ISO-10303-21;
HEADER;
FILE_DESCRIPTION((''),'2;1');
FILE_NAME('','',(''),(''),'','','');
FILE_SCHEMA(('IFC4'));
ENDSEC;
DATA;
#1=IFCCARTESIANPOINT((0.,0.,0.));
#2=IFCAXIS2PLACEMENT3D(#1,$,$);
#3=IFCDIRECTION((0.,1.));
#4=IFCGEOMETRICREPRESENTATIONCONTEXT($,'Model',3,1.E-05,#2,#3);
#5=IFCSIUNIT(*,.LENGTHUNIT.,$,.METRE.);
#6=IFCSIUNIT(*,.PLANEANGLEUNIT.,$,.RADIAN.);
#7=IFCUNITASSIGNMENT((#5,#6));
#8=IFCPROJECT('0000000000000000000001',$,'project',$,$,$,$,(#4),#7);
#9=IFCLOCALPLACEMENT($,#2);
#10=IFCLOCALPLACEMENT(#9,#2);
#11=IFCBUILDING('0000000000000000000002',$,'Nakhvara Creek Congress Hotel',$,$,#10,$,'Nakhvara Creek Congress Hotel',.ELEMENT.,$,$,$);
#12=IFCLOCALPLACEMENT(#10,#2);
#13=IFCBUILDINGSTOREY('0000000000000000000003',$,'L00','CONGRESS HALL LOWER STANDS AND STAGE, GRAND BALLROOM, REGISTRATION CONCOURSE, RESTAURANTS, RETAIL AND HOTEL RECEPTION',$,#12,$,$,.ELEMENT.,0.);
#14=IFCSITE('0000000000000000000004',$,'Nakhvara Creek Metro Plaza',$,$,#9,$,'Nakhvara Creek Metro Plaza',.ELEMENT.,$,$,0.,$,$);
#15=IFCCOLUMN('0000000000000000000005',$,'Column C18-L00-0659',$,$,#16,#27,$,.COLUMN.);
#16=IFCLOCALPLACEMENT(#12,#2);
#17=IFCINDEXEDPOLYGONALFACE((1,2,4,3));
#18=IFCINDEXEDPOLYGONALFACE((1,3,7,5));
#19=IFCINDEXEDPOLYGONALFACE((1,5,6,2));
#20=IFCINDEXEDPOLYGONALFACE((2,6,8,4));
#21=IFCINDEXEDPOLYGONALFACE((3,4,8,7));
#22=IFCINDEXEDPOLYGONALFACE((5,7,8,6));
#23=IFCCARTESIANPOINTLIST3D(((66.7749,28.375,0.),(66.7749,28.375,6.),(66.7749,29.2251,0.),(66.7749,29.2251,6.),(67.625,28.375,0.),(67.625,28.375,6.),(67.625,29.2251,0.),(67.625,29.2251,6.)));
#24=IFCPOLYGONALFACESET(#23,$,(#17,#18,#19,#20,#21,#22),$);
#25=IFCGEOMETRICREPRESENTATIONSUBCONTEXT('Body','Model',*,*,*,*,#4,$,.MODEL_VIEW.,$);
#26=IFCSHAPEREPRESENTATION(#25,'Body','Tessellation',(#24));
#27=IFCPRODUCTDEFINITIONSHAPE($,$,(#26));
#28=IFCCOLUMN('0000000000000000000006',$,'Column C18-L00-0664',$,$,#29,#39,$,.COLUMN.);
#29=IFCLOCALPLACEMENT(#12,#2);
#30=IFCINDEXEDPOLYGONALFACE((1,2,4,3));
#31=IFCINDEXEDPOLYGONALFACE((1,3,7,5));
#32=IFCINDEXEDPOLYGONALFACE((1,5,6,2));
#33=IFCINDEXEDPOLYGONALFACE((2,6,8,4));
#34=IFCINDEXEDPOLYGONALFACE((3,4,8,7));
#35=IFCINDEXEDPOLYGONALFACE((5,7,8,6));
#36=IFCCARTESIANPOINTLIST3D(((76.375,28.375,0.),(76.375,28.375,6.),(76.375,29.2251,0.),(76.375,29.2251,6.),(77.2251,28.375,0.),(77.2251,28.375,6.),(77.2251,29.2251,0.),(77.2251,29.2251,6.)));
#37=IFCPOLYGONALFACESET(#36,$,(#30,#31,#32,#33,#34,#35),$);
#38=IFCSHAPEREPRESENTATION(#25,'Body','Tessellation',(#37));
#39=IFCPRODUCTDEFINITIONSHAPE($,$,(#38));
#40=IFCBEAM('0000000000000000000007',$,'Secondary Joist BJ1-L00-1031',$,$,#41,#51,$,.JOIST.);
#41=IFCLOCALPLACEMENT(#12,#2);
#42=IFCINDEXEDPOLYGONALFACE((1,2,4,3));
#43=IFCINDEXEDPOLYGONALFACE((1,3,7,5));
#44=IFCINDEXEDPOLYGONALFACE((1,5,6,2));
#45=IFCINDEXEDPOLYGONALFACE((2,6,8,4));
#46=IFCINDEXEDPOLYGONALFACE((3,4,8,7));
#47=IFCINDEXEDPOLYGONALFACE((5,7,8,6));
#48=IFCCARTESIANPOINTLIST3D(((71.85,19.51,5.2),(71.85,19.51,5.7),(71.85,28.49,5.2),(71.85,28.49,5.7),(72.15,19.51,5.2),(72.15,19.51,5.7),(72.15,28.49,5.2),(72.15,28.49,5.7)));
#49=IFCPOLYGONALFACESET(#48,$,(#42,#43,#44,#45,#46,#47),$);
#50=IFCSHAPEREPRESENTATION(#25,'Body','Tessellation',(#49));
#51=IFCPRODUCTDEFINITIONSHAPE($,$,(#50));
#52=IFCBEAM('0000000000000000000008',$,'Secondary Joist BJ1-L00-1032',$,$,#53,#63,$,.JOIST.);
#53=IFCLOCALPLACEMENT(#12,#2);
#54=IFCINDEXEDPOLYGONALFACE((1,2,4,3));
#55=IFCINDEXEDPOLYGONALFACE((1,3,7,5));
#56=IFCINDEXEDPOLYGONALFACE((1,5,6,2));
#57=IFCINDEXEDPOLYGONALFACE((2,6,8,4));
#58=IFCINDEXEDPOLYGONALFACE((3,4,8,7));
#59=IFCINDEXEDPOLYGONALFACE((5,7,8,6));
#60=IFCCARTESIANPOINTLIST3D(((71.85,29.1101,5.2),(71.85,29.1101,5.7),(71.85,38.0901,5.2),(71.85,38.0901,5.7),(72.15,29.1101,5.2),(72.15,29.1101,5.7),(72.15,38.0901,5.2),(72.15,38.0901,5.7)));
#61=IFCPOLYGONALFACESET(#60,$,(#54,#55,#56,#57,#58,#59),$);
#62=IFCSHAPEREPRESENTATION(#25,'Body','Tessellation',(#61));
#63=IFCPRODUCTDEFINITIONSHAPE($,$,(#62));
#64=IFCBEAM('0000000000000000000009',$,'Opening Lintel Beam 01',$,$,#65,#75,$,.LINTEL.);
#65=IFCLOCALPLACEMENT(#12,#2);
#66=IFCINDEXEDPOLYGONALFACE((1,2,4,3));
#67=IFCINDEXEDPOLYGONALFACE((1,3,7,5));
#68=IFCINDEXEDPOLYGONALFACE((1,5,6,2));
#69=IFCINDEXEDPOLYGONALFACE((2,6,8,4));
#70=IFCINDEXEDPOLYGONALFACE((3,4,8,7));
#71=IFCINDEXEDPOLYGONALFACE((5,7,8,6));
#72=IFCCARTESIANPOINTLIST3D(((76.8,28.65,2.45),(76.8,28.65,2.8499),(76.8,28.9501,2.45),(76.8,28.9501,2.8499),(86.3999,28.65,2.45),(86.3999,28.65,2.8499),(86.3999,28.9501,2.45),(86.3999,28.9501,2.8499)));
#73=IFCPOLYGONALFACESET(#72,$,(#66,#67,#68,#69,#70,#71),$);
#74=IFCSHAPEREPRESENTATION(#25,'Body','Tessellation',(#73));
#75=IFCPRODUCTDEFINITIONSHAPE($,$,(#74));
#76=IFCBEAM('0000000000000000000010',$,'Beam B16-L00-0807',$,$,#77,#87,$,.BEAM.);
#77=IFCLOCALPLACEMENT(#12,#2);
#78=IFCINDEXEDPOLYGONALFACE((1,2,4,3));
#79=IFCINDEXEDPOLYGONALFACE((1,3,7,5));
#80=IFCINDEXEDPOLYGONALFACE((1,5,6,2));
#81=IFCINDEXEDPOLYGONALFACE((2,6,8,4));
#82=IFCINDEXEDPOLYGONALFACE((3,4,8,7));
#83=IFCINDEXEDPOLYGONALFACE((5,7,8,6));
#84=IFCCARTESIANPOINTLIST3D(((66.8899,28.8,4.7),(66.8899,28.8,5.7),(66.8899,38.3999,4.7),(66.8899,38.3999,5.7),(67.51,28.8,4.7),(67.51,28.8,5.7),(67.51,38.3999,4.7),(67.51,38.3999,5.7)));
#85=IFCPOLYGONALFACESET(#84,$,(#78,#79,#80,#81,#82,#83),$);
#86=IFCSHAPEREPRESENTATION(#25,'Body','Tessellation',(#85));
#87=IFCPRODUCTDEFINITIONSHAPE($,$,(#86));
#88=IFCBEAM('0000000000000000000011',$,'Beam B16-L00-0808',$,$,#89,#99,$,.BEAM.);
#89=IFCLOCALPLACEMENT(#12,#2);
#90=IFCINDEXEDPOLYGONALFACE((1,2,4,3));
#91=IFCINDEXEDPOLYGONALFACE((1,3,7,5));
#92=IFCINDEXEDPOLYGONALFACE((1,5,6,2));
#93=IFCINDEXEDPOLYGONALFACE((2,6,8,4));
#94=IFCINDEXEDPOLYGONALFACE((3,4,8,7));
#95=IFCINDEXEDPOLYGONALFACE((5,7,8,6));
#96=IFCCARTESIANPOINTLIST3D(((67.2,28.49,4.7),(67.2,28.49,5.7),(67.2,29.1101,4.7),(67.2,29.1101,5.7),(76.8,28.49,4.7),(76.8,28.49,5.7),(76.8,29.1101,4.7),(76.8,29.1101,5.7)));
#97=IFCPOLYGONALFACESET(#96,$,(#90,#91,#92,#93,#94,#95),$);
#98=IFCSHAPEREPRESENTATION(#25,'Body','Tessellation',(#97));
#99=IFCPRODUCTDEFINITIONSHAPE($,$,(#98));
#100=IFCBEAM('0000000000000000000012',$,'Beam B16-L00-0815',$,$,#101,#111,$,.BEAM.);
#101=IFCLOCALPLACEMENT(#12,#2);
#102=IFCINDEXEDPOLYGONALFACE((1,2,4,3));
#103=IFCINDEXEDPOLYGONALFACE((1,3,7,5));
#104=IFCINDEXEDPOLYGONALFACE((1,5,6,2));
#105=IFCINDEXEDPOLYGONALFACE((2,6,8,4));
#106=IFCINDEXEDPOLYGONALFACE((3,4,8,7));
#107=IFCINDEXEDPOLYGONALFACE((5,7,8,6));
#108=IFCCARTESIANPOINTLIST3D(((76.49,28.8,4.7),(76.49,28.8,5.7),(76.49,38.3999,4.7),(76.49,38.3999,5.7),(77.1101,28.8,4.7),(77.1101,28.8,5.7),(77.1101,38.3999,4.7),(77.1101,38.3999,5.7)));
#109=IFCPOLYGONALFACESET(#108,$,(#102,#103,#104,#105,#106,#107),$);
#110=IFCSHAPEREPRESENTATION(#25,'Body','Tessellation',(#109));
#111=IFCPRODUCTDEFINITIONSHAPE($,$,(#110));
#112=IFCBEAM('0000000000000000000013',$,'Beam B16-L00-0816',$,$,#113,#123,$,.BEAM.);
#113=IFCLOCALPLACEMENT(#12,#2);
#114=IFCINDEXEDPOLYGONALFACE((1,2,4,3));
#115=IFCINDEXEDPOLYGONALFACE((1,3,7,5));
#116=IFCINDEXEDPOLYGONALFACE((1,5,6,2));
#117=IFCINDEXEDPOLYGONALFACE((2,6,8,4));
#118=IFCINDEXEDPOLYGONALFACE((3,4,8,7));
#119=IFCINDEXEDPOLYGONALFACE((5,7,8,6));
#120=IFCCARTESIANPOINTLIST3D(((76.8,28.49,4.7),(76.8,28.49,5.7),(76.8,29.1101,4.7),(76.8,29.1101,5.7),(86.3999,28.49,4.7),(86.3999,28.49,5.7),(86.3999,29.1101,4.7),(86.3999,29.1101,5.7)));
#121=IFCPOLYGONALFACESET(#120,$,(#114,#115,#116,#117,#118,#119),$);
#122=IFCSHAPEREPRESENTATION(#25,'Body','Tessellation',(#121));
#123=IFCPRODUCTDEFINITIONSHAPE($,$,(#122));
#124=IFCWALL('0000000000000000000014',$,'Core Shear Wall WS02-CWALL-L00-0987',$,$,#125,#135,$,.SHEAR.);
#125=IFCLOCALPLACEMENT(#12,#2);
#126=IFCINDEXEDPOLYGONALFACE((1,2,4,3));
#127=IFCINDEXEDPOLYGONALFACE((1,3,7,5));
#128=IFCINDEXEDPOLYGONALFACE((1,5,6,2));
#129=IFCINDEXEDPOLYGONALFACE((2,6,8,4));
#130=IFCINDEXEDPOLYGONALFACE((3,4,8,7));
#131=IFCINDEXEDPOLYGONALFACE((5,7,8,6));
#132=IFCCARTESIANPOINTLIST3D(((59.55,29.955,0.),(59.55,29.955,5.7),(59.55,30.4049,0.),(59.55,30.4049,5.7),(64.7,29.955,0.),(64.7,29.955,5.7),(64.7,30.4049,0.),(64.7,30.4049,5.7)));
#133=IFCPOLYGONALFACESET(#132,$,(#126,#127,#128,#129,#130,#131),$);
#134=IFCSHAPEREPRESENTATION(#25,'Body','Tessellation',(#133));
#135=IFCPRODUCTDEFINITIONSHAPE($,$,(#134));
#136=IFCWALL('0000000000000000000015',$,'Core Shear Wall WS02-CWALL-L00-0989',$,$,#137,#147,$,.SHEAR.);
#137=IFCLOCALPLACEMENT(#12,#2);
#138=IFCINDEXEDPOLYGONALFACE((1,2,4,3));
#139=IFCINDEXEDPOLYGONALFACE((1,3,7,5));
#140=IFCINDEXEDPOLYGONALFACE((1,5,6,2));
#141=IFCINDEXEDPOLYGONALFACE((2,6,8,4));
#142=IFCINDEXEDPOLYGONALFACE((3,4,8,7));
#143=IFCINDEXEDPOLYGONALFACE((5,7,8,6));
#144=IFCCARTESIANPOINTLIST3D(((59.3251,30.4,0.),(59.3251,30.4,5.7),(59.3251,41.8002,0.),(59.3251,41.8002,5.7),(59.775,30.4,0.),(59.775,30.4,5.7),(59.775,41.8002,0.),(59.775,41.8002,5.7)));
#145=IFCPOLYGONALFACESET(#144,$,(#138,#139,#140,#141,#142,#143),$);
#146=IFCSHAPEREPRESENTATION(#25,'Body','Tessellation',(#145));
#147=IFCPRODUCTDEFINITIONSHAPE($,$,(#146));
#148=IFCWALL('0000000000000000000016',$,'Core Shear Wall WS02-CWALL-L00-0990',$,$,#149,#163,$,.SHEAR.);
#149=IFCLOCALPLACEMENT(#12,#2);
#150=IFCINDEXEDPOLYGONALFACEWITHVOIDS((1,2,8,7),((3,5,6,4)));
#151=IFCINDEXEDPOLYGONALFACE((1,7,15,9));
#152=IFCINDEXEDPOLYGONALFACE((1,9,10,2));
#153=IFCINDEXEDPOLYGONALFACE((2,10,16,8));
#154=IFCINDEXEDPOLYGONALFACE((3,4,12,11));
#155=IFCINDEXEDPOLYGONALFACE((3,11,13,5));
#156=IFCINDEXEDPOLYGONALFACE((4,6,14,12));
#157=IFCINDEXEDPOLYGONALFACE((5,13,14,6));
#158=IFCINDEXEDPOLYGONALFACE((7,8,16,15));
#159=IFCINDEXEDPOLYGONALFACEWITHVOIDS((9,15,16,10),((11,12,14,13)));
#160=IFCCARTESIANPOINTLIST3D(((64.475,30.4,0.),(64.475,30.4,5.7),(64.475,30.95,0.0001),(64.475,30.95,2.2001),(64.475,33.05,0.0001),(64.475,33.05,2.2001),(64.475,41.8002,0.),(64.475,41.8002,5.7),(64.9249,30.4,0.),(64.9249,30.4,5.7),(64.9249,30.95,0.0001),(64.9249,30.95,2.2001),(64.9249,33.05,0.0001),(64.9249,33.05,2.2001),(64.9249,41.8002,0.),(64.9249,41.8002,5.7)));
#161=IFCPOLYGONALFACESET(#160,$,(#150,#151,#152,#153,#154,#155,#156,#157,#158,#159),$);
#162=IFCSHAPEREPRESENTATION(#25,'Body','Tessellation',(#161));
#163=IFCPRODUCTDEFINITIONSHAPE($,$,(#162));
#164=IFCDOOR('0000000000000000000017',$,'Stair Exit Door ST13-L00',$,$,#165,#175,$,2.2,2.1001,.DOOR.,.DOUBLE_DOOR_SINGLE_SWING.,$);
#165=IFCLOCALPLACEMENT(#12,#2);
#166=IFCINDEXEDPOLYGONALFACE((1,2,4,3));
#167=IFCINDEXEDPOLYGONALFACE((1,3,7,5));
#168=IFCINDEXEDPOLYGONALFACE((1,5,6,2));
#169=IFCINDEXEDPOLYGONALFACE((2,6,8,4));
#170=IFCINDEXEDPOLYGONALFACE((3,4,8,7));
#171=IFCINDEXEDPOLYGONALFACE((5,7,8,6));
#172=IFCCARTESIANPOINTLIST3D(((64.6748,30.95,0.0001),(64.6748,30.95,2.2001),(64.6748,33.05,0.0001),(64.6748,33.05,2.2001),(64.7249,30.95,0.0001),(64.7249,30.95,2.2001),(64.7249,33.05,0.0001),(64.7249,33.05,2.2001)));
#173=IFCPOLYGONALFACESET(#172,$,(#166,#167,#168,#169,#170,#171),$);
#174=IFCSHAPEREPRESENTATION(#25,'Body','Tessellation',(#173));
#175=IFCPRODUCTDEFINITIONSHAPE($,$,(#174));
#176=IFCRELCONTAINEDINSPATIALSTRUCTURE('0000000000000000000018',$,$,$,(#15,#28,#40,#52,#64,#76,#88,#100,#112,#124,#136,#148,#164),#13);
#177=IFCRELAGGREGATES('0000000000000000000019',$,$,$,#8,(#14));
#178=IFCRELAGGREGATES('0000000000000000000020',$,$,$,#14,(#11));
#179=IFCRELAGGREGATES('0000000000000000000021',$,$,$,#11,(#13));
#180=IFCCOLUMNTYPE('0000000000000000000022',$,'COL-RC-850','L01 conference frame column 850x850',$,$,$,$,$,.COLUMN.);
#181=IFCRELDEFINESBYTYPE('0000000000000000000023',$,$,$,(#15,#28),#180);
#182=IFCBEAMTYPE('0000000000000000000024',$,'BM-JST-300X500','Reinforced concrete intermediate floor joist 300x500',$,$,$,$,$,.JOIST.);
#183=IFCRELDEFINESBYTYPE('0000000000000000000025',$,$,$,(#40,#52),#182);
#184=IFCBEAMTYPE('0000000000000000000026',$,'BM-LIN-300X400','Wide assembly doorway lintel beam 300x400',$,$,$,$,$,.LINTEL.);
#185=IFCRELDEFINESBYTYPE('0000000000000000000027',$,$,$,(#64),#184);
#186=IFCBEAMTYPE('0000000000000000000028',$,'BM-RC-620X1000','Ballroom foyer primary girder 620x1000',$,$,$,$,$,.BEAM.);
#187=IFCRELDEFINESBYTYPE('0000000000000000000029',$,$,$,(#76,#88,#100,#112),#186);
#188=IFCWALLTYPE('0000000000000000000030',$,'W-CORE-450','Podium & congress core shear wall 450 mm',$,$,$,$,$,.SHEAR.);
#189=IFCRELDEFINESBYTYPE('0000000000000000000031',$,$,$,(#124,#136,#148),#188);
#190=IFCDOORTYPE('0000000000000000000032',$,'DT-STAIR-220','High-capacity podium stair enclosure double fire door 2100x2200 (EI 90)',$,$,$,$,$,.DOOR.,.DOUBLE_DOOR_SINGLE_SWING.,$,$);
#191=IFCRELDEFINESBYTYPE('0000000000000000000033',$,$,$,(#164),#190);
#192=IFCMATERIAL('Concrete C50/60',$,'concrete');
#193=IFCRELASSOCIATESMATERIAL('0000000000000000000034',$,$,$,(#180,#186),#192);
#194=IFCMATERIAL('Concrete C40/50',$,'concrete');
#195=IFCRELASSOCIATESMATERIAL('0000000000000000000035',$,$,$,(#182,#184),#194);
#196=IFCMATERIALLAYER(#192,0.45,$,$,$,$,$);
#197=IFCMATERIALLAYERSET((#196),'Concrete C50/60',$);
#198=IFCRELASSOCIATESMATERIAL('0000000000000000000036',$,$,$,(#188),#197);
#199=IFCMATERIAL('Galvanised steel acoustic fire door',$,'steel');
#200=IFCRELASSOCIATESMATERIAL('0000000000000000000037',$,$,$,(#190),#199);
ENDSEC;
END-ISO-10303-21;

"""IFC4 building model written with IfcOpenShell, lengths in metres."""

from ifc_helpers import new_model, si_unit, direction, frame, frame_2d, origin, origin_2d, place, context, subcontext, project, spatial, rectangle, extrude, material, layer, layer_set, material_profile, profile_set, type_object, element, fill, save


model = new_model("IFC4")

# Units and contexts
model_context = context("Model", 3, precision=1e-05, world=origin(), true_north=direction((0.0, 1.0)))
body_context = subcontext(model_context, "Body", "Model", "MODEL_VIEW")
ifc_project = project(units=[si_unit("LENGTHUNIT", "METRE"), si_unit("PLANEANGLEUNIT", "RADIAN")], contexts=[model_context])

# Site, building, storey
site_placement = place(None, origin())
site = spatial("IfcSite", under=ifc_project, at=site_placement, Name="Nakhvara Creek Metro Plaza", LongName="Nakhvara Creek Metro Plaza", CompositionType="ELEMENT", RefElevation=0.0)
building_placement = place(site_placement, origin())
building = spatial("IfcBuilding", under=site, at=building_placement, Name="Nakhvara Creek Congress Hotel", LongName="Nakhvara Creek Congress Hotel", CompositionType="ELEMENT")
storey_placement = place(building_placement, origin())
storey = spatial("IfcBuildingStorey", under=building, at=storey_placement, Name="L00", Description="CONGRESS HALL LOWER STANDS AND STAGE, GRAND BALLROOM, REGISTRATION CONCOURSE, RESTAURANTS, RETAIL AND HOTEL RECEPTION", CompositionType="ELEMENT", Elevation=0.0)

# Columns
ifc_material_1 = material(Name="Concrete C50/60", Category="concrete")
ifc_material_profile_1 = material_profile(ifc_material_1, rectangle(XDim=0.8501, YDim=0.8501, at=origin_2d()), Name="RC-COL 850x850", Category="LoadBearing")
ifc_profile_set_1 = profile_set([ifc_material_profile_1], Name="Concrete C50/60")
column_type = type_object("IfcColumnType", Name="COL-RC-850", Description="L01 conference frame column 850x850", PredefinedType="COLUMN", material=ifc_profile_set_1)
for number, where, z_axis, x_axis, name in (
    (1, (67.2, 28.8, 0.0), (0.0, 0.0, 1.0), (1.0, 0.0, 0.0), "Column C18-L00-0659"),
    (2, (76.8, 28.8, 0.0), (0.0, 0.0, 1.0), (1.0, 0.0, 0.0), "Column C18-L00-0664"),
):
    element("IfcColumn", number, at=place(storey_placement, frame(where, z_axis=z_axis, x_axis=x_axis)), inside=storey, type_object=column_type, Name=name, PredefinedType="COLUMN", context=body_context, shape_type="SweptSolid", body=[
        extrude(rectangle(XDim=0.8501, YDim=0.8501, at=origin_2d()), origin(), (0.0, 0.0, 1.0), 6.0),
    ])

# Beams
ifc_material_2 = material(Name="Concrete C40/50", Category="concrete")
ifc_material_profile_2 = material_profile(ifc_material_2, rectangle(XDim=0.3, YDim=0.5, at=origin_2d()), Name="RC-BM 300x500", Category="LoadBearing")
ifc_profile_set_2 = profile_set([ifc_material_profile_2], Name="Concrete C40/50")
beam_type_1 = type_object("IfcBeamType", Name="BM-JST-300X500", Description="Reinforced concrete intermediate floor joist 300x500", PredefinedType="JOIST", material=ifc_profile_set_2)
for number, where, z_axis, x_axis, name in (
    (3, (72.0, 19.51, 5.45), (0.0, 1.0, 0.0), (-1.0, 0.0, 0.0), "Secondary Joist BJ1-L00-1031"),
    (4, (72.0, 29.1101, 5.45), (0.0, 1.0, 0.0), (-1.0, 0.0, 0.0), "Secondary Joist BJ1-L00-1032"),
):
    element("IfcBeam", number, at=place(storey_placement, frame(where, z_axis=z_axis, x_axis=x_axis)), inside=storey, type_object=beam_type_1, Name=name, PredefinedType="JOIST", context=body_context, shape_type="SweptSolid", body=[
        extrude(rectangle(XDim=0.3, YDim=0.5, at=origin_2d()), origin(), (0.0, 0.0, 1.0), 8.98),
    ])
ifc_material_profile_3 = material_profile(ifc_material_2, rectangle(XDim=0.3, YDim=0.3999, at=origin_2d()), Name="RC-LINTEL 300x400", Category="LoadBearing")
ifc_profile_set_3 = profile_set([ifc_material_profile_3], Name="Concrete C40/50")
beam_type_2 = type_object("IfcBeamType", Name="BM-LIN-300X400", Description="Wide assembly doorway lintel beam 300x400", PredefinedType="LINTEL", material=ifc_profile_set_3)
beam_1_placement = place(storey_placement, frame((76.8, 28.8, 2.6499), z_axis=(1.0, 0.0, 0.0), x_axis=(0.0, 1.0, 0.0)))
element("IfcBeam", 5, at=beam_1_placement, inside=storey, type_object=beam_type_2, Name="Opening Lintel Beam 01", PredefinedType="LINTEL", context=body_context, shape_type="SweptSolid", body=[
    extrude(rectangle(XDim=0.3, YDim=0.3999, at=origin_2d()), origin(), (0.0, 0.0, 1.0), 9.5999),
])
ifc_material_profile_4 = material_profile(ifc_material_1, rectangle(XDim=0.6201, YDim=1.0, at=origin_2d()), Name="RC-BM 620x1000", Category="LoadBearing")
ifc_profile_set_4 = profile_set([ifc_material_profile_4], Name="Concrete C50/60")
beam_type_3 = type_object("IfcBeamType", Name="BM-RC-620X1000", Description="Ballroom foyer primary girder 620x1000", PredefinedType="BEAM", material=ifc_profile_set_4)
beam_2_placement = place(storey_placement, frame((67.2, 28.8, 5.2), z_axis=(0.0, 1.0, 0.0), x_axis=(-1.0, 0.0, 0.0)))
element("IfcBeam", 6, at=beam_2_placement, inside=storey, type_object=beam_type_3, Name="Beam B16-L00-0807", PredefinedType="BEAM", context=body_context, shape_type="SweptSolid", body=[
    extrude(rectangle(XDim=0.6201, YDim=1.0, at=origin_2d()), origin(), (0.0, 0.0, 1.0), 9.5999),
])
beam_3_placement = place(storey_placement, frame((67.2, 28.8, 5.2), z_axis=(1.0, 0.0, 0.0), x_axis=(0.0, 1.0, 0.0)))
element("IfcBeam", 7, at=beam_3_placement, inside=storey, type_object=beam_type_3, Name="Beam B16-L00-0808", PredefinedType="BEAM", context=body_context, shape_type="SweptSolid", body=[
    extrude(rectangle(XDim=0.6201, YDim=1.0, at=origin_2d()), origin(), (0.0, 0.0, 1.0), 9.6001),
])
for number, where, z_axis, x_axis, name in (
    (8, (76.8, 28.8, 5.2), (0.0, 1.0, 0.0), (-1.0, 0.0, 0.0), "Beam B16-L00-0815"),
    (9, (76.8, 28.8, 5.2), (1.0, 0.0, 0.0), (0.0, 1.0, 0.0), "Beam B16-L00-0816"),
):
    element("IfcBeam", number, at=place(storey_placement, frame(where, z_axis=z_axis, x_axis=x_axis)), inside=storey, type_object=beam_type_3, Name=name, PredefinedType="BEAM", context=body_context, shape_type="SweptSolid", body=[
        extrude(rectangle(XDim=0.6201, YDim=1.0, at=origin_2d()), origin(), (0.0, 0.0, 1.0), 9.5999),
    ])

# Walls
ifc_layer_1 = layer(ifc_material_1, 0.45)
ifc_layer_set_1 = layer_set([ifc_layer_1], Name="Concrete C50/60")
wall_type_1 = type_object("IfcWallType", Name="W-CORE-450", Description="Podium & congress core shear wall 450 mm", PredefinedType="SHEAR", material=ifc_layer_set_1)
wall_1_placement = place(storey_placement, frame((59.55, 30.1799, 0.0), z_axis=(0.0, 0.0, 1.0), x_axis=(1.0, 0.0, 0.0)))
element("IfcWall", 10, at=wall_1_placement, inside=storey, type_object=wall_type_1, Name="Core Shear Wall WS02-CWALL-L00-0987", PredefinedType="SHEAR", context=body_context, shape_type="SweptSolid", body=[
    extrude(rectangle(XDim=5.1499, YDim=0.45, at=frame_2d((2.575, 0.0))), origin(), (0.0, 0.0, 1.0), 5.7),
])
wall_2_placement = place(storey_placement, frame((59.55, 30.3999, 0.0), z_axis=(0.0, 0.0, 1.0), x_axis=(0.0, 1.0, 0.0)))
element("IfcWall", 11, at=wall_2_placement, inside=storey, type_object=wall_type_1, Name="Core Shear Wall WS02-CWALL-L00-0989", PredefinedType="SHEAR", context=body_context, shape_type="SweptSolid", body=[
    extrude(rectangle(XDim=11.4001, YDim=0.45, at=frame_2d((5.7002, 0.0))), origin(), (0.0, 0.0, 1.0), 5.7),
])

# Wall, opening, door
wall_3_placement = place(storey_placement, frame((64.7, 30.3999, 0.0), z_axis=(0.0, 0.0, 1.0), x_axis=(0.0, 1.0, 0.0)))
wall_3 = element("IfcWall", 12, at=wall_3_placement, inside=storey, type_object=wall_type_1, Name="Core Shear Wall WS02-CWALL-L00-0990", PredefinedType="SHEAR", context=body_context, shape_type="SweptSolid", body=[
    extrude(rectangle(XDim=11.4001, YDim=0.45, at=frame_2d((5.7002, 0.0))), origin(), (0.0, 0.0, 1.0), 5.7),
])
opening_1_placement = place(wall_3_placement, frame((0.55, 0.0, 0.0)))
opening_1 = element("IfcOpeningElement", 13, at=opening_1_placement, cuts=wall_3, PredefinedType="OPENING", context=body_context, shape_type="SweptSolid", body=[
    extrude(rectangle(XDim=2.1001, YDim=2.2, at=frame_2d((1.05, 1.1001))), frame((0.0, 0.2368, 0.0), z_axis=(0.0, -1.0, 0.0), x_axis=(1.0, 0.0, 0.0)), (0.0, 0.0, 1.0), 0.4739),
])
ifc_material_3 = material(Name="Galvanised steel acoustic fire door", Category="steel")
door_type_1 = type_object("IfcDoorType", Name="DT-STAIR-220", Description="High-capacity podium stair enclosure double fire door 2100x2200 (EI 90)", OperationType="DOUBLE_DOOR_SINGLE_SWING", PredefinedType="DOOR", material=ifc_material_3)
door_1_placement = place(opening_1_placement, frame((2.1001, 0.0, 0.0), z_axis=(0.0, 0.0, 1.0), x_axis=(-1.0, 0.0, 0.0)))
door_1 = element("IfcDoor", 14, at=door_1_placement, inside=storey, type_object=door_type_1, Name="Stair Exit Door ST13-L00", OperationType="DOUBLE_DOOR_SINGLE_SWING", OverallHeight=2.2, OverallWidth=2.1001, PredefinedType="DOOR", context=body_context, shape_type="SweptSolid", body=[
    extrude(rectangle(XDim=2.1001, YDim=2.2, at=frame_2d((1.05, 1.1001))), frame((0.0, 0.0249, 0.0), z_axis=(0.0, -1.0, 0.0), x_axis=(1.0, 0.0, 0.0)), (0.0, 0.0, 1.0), 0.05),
])
fill(opening_1, door_1)

save(model, "model.ifc")
